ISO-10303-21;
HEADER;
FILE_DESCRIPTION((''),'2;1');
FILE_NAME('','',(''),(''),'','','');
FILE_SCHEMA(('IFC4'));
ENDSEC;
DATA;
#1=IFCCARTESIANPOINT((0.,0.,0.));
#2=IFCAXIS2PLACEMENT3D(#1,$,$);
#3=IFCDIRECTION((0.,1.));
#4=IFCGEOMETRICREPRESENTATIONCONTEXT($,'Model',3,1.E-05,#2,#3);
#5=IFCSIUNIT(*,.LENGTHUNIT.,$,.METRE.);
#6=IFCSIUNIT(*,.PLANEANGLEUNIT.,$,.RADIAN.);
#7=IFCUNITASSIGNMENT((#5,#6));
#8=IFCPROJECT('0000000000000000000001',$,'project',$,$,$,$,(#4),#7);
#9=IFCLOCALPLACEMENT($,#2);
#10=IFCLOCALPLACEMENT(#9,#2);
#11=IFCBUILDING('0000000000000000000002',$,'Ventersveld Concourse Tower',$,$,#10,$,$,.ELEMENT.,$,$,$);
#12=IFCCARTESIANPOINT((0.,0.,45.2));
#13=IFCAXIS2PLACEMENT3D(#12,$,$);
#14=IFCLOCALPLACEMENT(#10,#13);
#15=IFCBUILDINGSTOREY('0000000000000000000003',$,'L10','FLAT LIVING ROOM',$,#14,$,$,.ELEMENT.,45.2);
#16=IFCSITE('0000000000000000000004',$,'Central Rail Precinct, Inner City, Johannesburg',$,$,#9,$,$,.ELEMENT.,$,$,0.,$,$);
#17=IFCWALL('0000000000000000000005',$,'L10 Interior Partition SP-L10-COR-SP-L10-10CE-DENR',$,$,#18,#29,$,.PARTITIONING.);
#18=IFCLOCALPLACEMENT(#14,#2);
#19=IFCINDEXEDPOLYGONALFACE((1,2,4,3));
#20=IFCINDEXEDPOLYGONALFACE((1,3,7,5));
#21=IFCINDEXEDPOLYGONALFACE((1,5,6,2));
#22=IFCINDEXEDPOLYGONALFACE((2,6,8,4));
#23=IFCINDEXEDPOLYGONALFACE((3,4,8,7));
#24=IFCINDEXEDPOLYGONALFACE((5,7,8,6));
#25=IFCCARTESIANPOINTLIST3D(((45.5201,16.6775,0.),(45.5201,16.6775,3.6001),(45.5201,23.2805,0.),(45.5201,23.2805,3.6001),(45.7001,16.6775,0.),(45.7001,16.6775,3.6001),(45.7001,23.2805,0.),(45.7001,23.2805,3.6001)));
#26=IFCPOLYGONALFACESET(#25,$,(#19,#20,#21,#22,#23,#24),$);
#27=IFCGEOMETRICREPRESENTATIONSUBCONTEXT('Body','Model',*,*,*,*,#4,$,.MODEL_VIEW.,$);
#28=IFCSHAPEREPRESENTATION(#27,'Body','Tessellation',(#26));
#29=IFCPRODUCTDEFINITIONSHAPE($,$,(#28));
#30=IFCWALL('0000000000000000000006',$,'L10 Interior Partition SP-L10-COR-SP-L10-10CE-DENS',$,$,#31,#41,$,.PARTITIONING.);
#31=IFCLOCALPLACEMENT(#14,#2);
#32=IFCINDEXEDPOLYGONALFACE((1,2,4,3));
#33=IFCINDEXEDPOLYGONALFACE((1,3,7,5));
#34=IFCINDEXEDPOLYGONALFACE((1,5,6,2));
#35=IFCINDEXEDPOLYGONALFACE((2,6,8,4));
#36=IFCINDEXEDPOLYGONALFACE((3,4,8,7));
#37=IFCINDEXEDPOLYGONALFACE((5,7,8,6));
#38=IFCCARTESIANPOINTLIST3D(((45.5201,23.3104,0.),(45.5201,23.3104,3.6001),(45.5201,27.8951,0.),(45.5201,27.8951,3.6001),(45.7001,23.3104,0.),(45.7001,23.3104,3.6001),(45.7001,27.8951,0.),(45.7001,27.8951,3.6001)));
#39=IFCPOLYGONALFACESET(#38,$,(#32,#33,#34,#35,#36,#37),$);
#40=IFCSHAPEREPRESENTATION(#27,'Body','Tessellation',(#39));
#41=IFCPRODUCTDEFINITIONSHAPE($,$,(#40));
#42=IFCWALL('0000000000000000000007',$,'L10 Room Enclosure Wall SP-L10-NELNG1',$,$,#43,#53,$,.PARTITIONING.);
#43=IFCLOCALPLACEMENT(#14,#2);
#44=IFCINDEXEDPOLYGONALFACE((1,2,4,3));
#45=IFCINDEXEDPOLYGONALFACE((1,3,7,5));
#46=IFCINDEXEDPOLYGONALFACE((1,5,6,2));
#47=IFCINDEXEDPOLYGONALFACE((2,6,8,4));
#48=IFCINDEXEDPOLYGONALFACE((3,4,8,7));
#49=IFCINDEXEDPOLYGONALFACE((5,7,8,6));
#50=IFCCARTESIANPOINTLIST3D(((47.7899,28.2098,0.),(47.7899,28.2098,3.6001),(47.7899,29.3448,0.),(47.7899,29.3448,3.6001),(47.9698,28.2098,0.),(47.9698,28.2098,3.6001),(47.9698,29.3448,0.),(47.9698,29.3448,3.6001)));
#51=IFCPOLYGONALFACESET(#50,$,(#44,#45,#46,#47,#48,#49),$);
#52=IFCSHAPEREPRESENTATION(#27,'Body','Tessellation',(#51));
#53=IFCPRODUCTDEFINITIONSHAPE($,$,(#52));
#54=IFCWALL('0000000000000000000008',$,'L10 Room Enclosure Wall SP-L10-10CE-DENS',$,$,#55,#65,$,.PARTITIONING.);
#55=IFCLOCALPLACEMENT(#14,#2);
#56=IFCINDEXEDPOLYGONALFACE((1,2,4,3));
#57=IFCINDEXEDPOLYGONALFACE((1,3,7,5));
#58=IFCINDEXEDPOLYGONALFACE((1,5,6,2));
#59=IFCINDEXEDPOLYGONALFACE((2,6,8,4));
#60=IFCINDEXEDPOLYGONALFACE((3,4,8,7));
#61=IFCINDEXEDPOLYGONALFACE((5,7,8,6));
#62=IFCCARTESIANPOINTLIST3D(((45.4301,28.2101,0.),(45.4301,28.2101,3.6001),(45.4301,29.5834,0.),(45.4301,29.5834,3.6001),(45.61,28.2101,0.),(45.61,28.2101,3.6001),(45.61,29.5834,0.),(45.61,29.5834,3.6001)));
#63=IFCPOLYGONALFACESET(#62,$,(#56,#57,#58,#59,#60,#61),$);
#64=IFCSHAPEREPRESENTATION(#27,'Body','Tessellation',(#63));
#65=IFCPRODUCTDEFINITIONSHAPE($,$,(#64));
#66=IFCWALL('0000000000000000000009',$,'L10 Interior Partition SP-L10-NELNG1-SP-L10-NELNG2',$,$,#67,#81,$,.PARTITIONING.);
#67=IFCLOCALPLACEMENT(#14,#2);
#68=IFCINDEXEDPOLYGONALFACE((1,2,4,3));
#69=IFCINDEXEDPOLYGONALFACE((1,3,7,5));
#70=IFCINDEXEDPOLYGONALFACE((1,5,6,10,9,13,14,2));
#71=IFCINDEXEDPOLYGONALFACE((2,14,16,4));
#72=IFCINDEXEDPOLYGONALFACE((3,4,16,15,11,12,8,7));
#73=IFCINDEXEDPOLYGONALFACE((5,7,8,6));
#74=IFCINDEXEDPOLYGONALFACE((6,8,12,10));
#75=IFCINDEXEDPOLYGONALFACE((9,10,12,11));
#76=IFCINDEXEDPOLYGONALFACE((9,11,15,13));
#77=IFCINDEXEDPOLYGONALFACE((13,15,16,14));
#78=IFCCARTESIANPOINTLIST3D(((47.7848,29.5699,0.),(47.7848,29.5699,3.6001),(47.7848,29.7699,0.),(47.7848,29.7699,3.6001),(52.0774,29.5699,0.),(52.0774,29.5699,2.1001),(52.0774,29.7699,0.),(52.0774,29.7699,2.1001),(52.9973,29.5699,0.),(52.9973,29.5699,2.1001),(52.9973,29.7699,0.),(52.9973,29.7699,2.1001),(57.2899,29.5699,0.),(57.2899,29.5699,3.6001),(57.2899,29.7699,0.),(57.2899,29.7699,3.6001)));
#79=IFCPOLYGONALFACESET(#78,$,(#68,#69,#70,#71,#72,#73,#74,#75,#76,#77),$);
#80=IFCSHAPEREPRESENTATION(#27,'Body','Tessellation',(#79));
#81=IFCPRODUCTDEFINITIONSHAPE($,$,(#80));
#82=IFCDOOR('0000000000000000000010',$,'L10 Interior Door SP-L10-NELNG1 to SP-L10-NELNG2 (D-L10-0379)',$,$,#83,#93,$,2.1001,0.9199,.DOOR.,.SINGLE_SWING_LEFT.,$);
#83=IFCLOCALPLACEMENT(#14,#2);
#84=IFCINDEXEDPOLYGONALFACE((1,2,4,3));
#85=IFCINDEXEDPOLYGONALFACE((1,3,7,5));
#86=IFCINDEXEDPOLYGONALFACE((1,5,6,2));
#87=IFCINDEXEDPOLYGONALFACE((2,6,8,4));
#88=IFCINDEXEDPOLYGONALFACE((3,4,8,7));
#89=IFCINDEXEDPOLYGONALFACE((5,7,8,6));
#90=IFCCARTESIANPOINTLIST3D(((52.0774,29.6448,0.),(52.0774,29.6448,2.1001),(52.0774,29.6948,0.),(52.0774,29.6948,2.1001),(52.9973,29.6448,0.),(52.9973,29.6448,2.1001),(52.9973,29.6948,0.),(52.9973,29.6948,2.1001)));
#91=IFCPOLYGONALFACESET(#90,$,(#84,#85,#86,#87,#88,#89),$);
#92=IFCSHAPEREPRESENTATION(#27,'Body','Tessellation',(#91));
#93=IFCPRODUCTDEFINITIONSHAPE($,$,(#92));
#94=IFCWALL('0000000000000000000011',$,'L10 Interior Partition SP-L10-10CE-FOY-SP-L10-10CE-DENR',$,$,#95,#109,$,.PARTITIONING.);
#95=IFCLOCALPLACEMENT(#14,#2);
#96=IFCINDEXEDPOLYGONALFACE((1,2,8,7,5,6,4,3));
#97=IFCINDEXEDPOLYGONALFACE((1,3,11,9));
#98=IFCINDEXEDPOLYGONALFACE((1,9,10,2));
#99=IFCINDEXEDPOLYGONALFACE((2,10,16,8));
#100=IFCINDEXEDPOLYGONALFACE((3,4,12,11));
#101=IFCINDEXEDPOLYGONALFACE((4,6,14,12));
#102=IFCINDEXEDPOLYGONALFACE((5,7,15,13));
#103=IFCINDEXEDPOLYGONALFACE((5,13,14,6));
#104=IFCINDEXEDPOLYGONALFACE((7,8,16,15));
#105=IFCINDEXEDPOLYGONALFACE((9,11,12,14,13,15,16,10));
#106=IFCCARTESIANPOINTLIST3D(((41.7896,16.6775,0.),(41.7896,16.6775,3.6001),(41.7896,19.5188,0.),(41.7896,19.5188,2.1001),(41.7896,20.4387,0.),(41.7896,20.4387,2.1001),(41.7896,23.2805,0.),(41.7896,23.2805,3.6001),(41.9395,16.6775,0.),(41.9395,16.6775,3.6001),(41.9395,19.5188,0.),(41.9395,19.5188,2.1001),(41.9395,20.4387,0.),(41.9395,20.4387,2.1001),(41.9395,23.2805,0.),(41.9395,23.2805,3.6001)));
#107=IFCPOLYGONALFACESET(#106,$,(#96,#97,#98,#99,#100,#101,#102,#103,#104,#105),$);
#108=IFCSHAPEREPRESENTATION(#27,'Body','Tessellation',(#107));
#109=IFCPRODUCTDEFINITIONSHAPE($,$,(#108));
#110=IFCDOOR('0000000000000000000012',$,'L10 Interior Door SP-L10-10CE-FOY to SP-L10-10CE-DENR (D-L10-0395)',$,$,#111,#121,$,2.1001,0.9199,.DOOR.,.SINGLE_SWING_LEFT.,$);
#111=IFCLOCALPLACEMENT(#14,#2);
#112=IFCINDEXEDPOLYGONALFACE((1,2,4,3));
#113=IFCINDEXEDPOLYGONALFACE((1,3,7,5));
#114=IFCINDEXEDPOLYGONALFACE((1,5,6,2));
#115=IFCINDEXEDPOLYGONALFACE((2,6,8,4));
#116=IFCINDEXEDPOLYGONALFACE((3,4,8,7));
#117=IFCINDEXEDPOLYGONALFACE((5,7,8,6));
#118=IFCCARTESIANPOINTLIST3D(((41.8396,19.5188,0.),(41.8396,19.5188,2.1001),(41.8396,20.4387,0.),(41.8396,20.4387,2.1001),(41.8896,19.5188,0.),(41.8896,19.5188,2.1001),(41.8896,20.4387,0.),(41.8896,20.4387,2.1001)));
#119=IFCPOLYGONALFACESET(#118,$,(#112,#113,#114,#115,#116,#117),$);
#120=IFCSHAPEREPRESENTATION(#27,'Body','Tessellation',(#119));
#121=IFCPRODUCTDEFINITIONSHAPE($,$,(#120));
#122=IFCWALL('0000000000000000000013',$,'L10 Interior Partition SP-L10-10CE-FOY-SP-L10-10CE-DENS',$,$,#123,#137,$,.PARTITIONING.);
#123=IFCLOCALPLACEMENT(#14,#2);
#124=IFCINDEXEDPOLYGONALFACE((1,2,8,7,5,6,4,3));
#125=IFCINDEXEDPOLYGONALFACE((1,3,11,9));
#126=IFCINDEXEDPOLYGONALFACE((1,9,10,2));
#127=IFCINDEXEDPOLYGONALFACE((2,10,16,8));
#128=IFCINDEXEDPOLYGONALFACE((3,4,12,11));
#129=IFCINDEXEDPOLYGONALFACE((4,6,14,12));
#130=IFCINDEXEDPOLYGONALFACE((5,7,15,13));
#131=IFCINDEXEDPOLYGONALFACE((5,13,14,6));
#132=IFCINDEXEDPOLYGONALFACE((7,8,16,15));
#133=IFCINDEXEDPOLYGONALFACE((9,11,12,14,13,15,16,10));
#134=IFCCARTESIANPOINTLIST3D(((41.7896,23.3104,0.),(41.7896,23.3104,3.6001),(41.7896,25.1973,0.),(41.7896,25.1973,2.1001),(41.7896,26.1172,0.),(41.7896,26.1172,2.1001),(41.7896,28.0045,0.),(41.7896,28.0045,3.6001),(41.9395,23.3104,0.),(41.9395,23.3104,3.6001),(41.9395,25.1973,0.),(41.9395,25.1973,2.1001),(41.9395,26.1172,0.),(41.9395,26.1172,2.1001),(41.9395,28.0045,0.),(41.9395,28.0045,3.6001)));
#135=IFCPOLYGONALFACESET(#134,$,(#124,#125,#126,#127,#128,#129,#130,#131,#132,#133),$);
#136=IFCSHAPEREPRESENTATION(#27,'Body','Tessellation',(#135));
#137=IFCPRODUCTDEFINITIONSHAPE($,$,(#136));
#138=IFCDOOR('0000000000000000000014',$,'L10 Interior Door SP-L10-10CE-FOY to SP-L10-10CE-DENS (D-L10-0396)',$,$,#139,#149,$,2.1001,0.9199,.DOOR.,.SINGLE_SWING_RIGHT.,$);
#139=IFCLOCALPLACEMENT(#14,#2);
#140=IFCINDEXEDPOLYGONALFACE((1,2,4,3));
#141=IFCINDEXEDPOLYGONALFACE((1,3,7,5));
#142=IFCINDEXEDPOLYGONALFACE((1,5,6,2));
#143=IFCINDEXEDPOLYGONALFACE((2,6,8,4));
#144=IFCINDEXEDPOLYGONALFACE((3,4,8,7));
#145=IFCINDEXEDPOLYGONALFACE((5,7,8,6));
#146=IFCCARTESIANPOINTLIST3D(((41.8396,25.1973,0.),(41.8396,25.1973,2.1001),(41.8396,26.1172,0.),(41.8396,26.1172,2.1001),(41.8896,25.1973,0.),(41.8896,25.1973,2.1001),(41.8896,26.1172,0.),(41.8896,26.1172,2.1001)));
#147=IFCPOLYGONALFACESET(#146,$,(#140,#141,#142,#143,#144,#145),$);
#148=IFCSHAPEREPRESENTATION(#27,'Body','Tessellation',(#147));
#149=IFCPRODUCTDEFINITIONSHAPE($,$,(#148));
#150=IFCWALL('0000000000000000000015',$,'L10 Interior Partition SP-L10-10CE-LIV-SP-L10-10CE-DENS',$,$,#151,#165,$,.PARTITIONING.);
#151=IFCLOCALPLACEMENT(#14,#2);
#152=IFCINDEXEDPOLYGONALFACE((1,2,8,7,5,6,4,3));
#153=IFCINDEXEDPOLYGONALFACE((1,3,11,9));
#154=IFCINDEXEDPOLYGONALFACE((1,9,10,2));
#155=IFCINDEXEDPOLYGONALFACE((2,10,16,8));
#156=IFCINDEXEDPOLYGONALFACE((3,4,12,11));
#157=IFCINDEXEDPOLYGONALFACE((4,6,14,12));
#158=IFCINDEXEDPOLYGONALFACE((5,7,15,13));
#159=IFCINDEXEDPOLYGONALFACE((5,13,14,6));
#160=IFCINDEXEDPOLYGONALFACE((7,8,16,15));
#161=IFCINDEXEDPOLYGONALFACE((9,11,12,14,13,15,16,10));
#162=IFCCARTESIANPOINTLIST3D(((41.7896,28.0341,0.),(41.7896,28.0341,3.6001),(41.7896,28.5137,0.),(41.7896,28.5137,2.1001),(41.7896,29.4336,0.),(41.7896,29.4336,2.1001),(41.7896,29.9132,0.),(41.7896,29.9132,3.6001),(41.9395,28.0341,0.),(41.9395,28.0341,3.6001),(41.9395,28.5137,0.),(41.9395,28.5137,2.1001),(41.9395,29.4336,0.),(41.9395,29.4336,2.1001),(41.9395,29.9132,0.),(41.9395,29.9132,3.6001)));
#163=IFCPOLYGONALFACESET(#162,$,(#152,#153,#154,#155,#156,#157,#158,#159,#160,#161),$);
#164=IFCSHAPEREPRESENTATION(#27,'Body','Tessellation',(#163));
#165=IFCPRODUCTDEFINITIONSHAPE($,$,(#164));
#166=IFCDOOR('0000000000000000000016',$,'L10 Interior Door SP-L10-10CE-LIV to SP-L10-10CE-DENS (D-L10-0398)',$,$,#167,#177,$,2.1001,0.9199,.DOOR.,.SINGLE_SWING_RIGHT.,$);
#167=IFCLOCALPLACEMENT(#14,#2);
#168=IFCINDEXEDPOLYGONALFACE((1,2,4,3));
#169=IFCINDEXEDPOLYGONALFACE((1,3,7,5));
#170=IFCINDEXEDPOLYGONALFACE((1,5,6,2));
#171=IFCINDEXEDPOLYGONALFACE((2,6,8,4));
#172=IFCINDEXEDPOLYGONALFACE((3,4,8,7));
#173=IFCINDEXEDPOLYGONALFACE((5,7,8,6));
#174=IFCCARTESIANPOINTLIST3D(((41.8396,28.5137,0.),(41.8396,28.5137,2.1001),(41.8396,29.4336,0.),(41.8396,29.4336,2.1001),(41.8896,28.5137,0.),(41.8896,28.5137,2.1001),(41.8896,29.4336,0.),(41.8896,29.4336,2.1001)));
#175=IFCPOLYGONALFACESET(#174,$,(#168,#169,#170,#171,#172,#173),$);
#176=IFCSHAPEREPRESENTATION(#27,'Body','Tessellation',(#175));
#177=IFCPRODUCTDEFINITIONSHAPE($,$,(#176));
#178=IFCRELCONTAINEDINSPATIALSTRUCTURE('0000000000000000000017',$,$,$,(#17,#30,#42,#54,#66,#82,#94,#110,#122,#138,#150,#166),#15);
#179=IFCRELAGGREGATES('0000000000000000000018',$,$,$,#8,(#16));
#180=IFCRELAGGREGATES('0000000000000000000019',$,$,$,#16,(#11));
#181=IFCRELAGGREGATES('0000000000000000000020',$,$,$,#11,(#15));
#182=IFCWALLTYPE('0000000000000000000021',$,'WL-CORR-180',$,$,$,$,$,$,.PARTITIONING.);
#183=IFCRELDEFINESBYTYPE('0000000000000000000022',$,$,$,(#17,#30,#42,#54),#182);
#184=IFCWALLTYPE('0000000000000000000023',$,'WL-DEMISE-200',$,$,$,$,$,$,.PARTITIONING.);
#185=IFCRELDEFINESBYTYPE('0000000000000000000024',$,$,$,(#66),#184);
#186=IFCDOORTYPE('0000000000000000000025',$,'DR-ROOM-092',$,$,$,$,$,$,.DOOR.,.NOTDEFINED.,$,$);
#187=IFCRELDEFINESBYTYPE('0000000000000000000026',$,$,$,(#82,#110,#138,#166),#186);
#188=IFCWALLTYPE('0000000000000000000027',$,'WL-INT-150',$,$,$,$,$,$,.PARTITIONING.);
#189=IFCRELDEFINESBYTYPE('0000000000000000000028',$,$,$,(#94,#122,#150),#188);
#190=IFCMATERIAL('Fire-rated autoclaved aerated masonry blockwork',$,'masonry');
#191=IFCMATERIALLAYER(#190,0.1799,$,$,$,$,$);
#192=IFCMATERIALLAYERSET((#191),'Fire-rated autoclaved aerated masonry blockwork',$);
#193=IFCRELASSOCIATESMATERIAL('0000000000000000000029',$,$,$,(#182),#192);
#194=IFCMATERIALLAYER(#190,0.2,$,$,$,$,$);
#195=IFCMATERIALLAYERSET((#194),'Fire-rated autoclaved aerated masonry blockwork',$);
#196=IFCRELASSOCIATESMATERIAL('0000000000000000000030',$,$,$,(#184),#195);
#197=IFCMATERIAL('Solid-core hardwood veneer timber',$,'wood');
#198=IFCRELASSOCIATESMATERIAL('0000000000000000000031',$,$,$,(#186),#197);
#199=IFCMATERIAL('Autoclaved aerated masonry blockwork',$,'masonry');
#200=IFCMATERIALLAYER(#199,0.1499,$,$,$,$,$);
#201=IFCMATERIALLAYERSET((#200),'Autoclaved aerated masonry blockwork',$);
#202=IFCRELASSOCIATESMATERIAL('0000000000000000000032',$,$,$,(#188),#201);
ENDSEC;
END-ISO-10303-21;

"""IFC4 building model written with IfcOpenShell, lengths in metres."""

from ifc_helpers import new_model, si_unit, direction, frame, frame_2d, origin, place, context, subcontext, project, spatial, rectangle, extrude, material, layer, layer_set, type_object, element, fill, save


model = new_model("IFC4")

# Units and contexts
model_context = context("Model", 3, precision=1e-05, world=origin(), true_north=direction((0.0, 1.0)))
body_context = subcontext(model_context, "Body", "Model", "MODEL_VIEW")
ifc_project = project(units=[si_unit("LENGTHUNIT", "METRE"), si_unit("PLANEANGLEUNIT", "RADIAN")], contexts=[model_context])

# Site, building, storey
site_placement = place(None, origin())
site = spatial("IfcSite", under=ifc_project, at=site_placement, Name="Central Rail Precinct, Inner City, Johannesburg", CompositionType="ELEMENT", RefElevation=0.0)
building_placement = place(site_placement, origin())
building = spatial("IfcBuilding", under=site, at=building_placement, Name="Ventersveld Concourse Tower", CompositionType="ELEMENT")
storey_placement = place(building_placement, frame((0.0, 0.0, 45.2)))
storey = spatial("IfcBuildingStorey", under=building, at=storey_placement, Name="L10", Description="FLAT LIVING ROOM", CompositionType="ELEMENT", Elevation=45.2)

# Walls
ifc_material_1 = material(Name="Fire-rated autoclaved aerated masonry blockwork", Category="masonry")
ifc_layer_1 = layer(ifc_material_1, 0.1799)
ifc_layer_set_1 = layer_set([ifc_layer_1], Name="Fire-rated autoclaved aerated masonry blockwork")
wall_type_1 = type_object("IfcWallType", Name="WL-CORR-180", PredefinedType="PARTITIONING", material=ifc_layer_set_1)
wall_1_placement = place(storey_placement, frame((45.6101, 16.6775, 0.0), z_axis=(0.0, 0.0, 1.0), x_axis=(0.0, 1.0, 0.0)))
element("IfcWall", 1, at=wall_1_placement, inside=storey, type_object=wall_type_1, Name="L10 Interior Partition SP-L10-COR-SP-L10-10CE-DENR", PredefinedType="PARTITIONING", context=body_context, shape_type="SweptSolid", body=[
    extrude(rectangle(XDim=6.603, YDim=0.1799, at=frame_2d((3.3015, 0.0))), origin(), (0.0, 0.0, 1.0), 3.6001),
])
wall_2_placement = place(storey_placement, frame((45.6101, 23.3103, 0.0), z_axis=(0.0, 0.0, 1.0), x_axis=(0.0, 1.0, 0.0)))
element("IfcWall", 2, at=wall_2_placement, inside=storey, type_object=wall_type_1, Name="L10 Interior Partition SP-L10-COR-SP-L10-10CE-DENS", PredefinedType="PARTITIONING", context=body_context, shape_type="SweptSolid", body=[
    extrude(rectangle(XDim=4.5847, YDim=0.1799, at=frame_2d((2.2925, 0.0))), origin(), (0.0, 0.0, 1.0), 3.6001),
])
wall_3_placement = place(storey_placement, frame((47.8799, 28.21, 0.0), z_axis=(0.0, 0.0, 1.0), x_axis=(0.0, 1.0, 0.0)))
element("IfcWall", 3, at=wall_3_placement, inside=storey, type_object=wall_type_1, Name="L10 Room Enclosure Wall SP-L10-NELNG1", PredefinedType="PARTITIONING", context=body_context, shape_type="SweptSolid", body=[
    extrude(rectangle(XDim=1.135, YDim=0.1799, at=frame_2d((0.5674, 0.0))), origin(), (0.0, 0.0, 1.0), 3.6001),
])
wall_4_placement = place(storey_placement, frame((45.52, 29.5833, 0.0), z_axis=(0.0, 0.0, 1.0), x_axis=(0.0, -1.0, 0.0)))
element("IfcWall", 4, at=wall_4_placement, inside=storey, type_object=wall_type_1, Name="L10 Room Enclosure Wall SP-L10-10CE-DENS", PredefinedType="PARTITIONING", context=body_context, shape_type="SweptSolid", body=[
    extrude(rectangle(XDim=1.3733, YDim=0.1799, at=frame_2d((0.6865, 0.0))), origin(), (0.0, 0.0, 1.0), 3.6001),
])

# Walls, openings, doors
ifc_layer_2 = layer(ifc_material_1, 0.2)
ifc_layer_set_2 = layer_set([ifc_layer_2], Name="Fire-rated autoclaved aerated masonry blockwork")
wall_type_2 = type_object("IfcWallType", Name="WL-DEMISE-200", PredefinedType="PARTITIONING", material=ifc_layer_set_2)
wall_5_placement = place(storey_placement, frame((47.7849, 29.6699, 0.0), z_axis=(0.0, 0.0, 1.0), x_axis=(1.0, 0.0, 0.0)))
wall_5 = element("IfcWall", 5, at=wall_5_placement, inside=storey, type_object=wall_type_2, Name="L10 Interior Partition SP-L10-NELNG1-SP-L10-NELNG2", PredefinedType="PARTITIONING", context=body_context, shape_type="SweptSolid", body=[
    extrude(rectangle(XDim=9.5051, YDim=0.2, at=frame_2d((4.7524, 0.0))), origin(), (0.0, 0.0, 1.0), 3.6001),
])
opening_1_placement = place(wall_5_placement, frame((4.2925, 0.0, 0.0)))
opening_1 = element("IfcOpeningElement", 6, at=opening_1_placement, cuts=wall_5, PredefinedType="OPENING", context=body_context, shape_type="SweptSolid", body=[
    extrude(rectangle(XDim=0.9199, YDim=2.1001, at=frame_2d((0.46, 1.05))), frame((0.0, 0.1099, 0.0), z_axis=(0.0, -1.0, 0.0), x_axis=(1.0, 0.0, 0.0)), (0.0, 0.0, 1.0), 0.22),
])
ifc_material_2 = material(Name="Solid-core hardwood veneer timber", Category="wood")
door_type = type_object("IfcDoorType", Name="DR-ROOM-092", OperationType="NOTDEFINED", PredefinedType="DOOR", material=ifc_material_2)
door_1_placement = place(opening_1_placement, origin())
door_1 = element("IfcDoor", 7, at=door_1_placement, inside=storey, type_object=door_type, Name="L10 Interior Door SP-L10-NELNG1 to SP-L10-NELNG2 (D-L10-0379)", OperationType="SINGLE_SWING_LEFT", OverallHeight=2.1001, OverallWidth=0.9199, PredefinedType="DOOR", context=body_context, shape_type="SweptSolid", body=[
    extrude(rectangle(XDim=0.9199, YDim=2.1001, at=frame_2d((0.46, 1.05))), frame((0.0, 0.0249, 0.0), z_axis=(0.0, -1.0, 0.0), x_axis=(1.0, 0.0, 0.0)), (0.0, 0.0, 1.0), 0.05),
])
fill(opening_1, door_1)
ifc_material_3 = material(Name="Autoclaved aerated masonry blockwork", Category="masonry")
ifc_layer_3 = layer(ifc_material_3, 0.1499)
ifc_layer_set_3 = layer_set([ifc_layer_3], Name="Autoclaved aerated masonry blockwork")
wall_type_3 = type_object("IfcWallType", Name="WL-INT-150", PredefinedType="PARTITIONING", material=ifc_layer_set_3)
wall_6_placement = place(storey_placement, frame((41.8645, 16.6775, 0.0), z_axis=(0.0, 0.0, 1.0), x_axis=(0.0, 1.0, 0.0)))
wall_6 = element("IfcWall", 8, at=wall_6_placement, inside=storey, type_object=wall_type_3, Name="L10 Interior Partition SP-L10-10CE-FOY-SP-L10-10CE-DENR", PredefinedType="PARTITIONING", context=body_context, shape_type="SweptSolid", body=[
    extrude(rectangle(XDim=6.603, YDim=0.1499, at=frame_2d((3.3015, 0.0))), origin(), (0.0, 0.0, 1.0), 3.6001),
])
opening_2_placement = place(wall_6_placement, frame((2.8413, 0.0, 0.0)))
opening_2 = element("IfcOpeningElement", 9, at=opening_2_placement, cuts=wall_6, PredefinedType="OPENING", context=body_context, shape_type="SweptSolid", body=[
    extrude(rectangle(XDim=0.9199, YDim=2.1001, at=frame_2d((0.46, 1.05))), frame((0.0, 0.085, 0.0), z_axis=(0.0, -1.0, 0.0), x_axis=(1.0, 0.0, 0.0)), (0.0, 0.0, 1.0), 0.1699),
])
door_2_placement = place(opening_2_placement, origin())
door_2 = element("IfcDoor", 10, at=door_2_placement, inside=storey, type_object=door_type, Name="L10 Interior Door SP-L10-10CE-FOY to SP-L10-10CE-DENR (D-L10-0395)", OperationType="SINGLE_SWING_LEFT", OverallHeight=2.1001, OverallWidth=0.9199, PredefinedType="DOOR", context=body_context, shape_type="SweptSolid", body=[
    extrude(rectangle(XDim=0.9199, YDim=2.1001, at=frame_2d((0.46, 1.05))), frame((0.0, 0.0249, 0.0), z_axis=(0.0, -1.0, 0.0), x_axis=(1.0, 0.0, 0.0)), (0.0, 0.0, 1.0), 0.05),
])
fill(opening_2, door_2)
wall_7_placement = place(storey_placement, frame((41.8645, 23.3103, 0.0), z_axis=(0.0, 0.0, 1.0), x_axis=(0.0, 1.0, 0.0)))
wall_7 = element("IfcWall", 11, at=wall_7_placement, inside=storey, type_object=wall_type_3, Name="L10 Interior Partition SP-L10-10CE-FOY-SP-L10-10CE-DENS", PredefinedType="PARTITIONING", context=body_context, shape_type="SweptSolid", body=[
    extrude(rectangle(XDim=4.6941, YDim=0.1499, at=frame_2d((2.3472, 0.0))), origin(), (0.0, 0.0, 1.0), 3.6001),
])
opening_3_placement = place(wall_7_placement, frame((1.887, 0.0, 0.0)))
opening_3 = element("IfcOpeningElement", 12, at=opening_3_placement, cuts=wall_7, PredefinedType="OPENING", context=body_context, shape_type="SweptSolid", body=[
    extrude(rectangle(XDim=0.9199, YDim=2.1001, at=frame_2d((0.46, 1.05))), frame((0.0, 0.085, 0.0), z_axis=(0.0, -1.0, 0.0), x_axis=(1.0, 0.0, 0.0)), (0.0, 0.0, 1.0), 0.1699),
])
door_3_placement = place(opening_3_placement, origin())
door_3 = element("IfcDoor", 13, at=door_3_placement, inside=storey, type_object=door_type, Name="L10 Interior Door SP-L10-10CE-FOY to SP-L10-10CE-DENS (D-L10-0396)", OperationType="SINGLE_SWING_RIGHT", OverallHeight=2.1001, OverallWidth=0.9199, PredefinedType="DOOR", context=body_context, shape_type="SweptSolid", body=[
    extrude(rectangle(XDim=0.9199, YDim=2.1001, at=frame_2d((0.46, 1.05))), frame((0.0, 0.0249, 0.0), z_axis=(0.0, -1.0, 0.0), x_axis=(1.0, 0.0, 0.0)), (0.0, 0.0, 1.0), 0.05),
])
fill(opening_3, door_3)
wall_8_placement = place(storey_placement, frame((41.8645, 28.0342, 0.0), z_axis=(0.0, 0.0, 1.0), x_axis=(0.0, 1.0, 0.0)))
wall_8 = element("IfcWall", 14, at=wall_8_placement, inside=storey, type_object=wall_type_3, Name="L10 Interior Partition SP-L10-10CE-LIV-SP-L10-10CE-DENS", PredefinedType="PARTITIONING", context=body_context, shape_type="SweptSolid", body=[
    extrude(rectangle(XDim=1.8792, YDim=0.1499, at=frame_2d((0.9395, 0.0))), origin(), (0.0, 0.0, 1.0), 3.6001),
])
opening_4_placement = place(wall_8_placement, frame((0.4795, 0.0, 0.0)))
opening_4 = element("IfcOpeningElement", 15, at=opening_4_placement, cuts=wall_8, PredefinedType="OPENING", context=body_context, shape_type="SweptSolid", body=[
    extrude(rectangle(XDim=0.9199, YDim=2.1001, at=frame_2d((0.46, 1.05))), frame((0.0, 0.085, 0.0), z_axis=(0.0, -1.0, 0.0), x_axis=(1.0, 0.0, 0.0)), (0.0, 0.0, 1.0), 0.1699),
])
door_4_placement = place(opening_4_placement, origin())
door_4 = element("IfcDoor", 16, at=door_4_placement, inside=storey, type_object=door_type, Name="L10 Interior Door SP-L10-10CE-LIV to SP-L10-10CE-DENS (D-L10-0398)", OperationType="SINGLE_SWING_RIGHT", OverallHeight=2.1001, OverallWidth=0.9199, PredefinedType="DOOR", context=body_context, shape_type="SweptSolid", body=[
    extrude(rectangle(XDim=0.9199, YDim=2.1001, at=frame_2d((0.46, 1.05))), frame((0.0, 0.0249, 0.0), z_axis=(0.0, -1.0, 0.0), x_axis=(1.0, 0.0, 0.0)), (0.0, 0.0, 1.0), 0.05),
])
fill(opening_4, door_4)

save(model, "model.ifc")
